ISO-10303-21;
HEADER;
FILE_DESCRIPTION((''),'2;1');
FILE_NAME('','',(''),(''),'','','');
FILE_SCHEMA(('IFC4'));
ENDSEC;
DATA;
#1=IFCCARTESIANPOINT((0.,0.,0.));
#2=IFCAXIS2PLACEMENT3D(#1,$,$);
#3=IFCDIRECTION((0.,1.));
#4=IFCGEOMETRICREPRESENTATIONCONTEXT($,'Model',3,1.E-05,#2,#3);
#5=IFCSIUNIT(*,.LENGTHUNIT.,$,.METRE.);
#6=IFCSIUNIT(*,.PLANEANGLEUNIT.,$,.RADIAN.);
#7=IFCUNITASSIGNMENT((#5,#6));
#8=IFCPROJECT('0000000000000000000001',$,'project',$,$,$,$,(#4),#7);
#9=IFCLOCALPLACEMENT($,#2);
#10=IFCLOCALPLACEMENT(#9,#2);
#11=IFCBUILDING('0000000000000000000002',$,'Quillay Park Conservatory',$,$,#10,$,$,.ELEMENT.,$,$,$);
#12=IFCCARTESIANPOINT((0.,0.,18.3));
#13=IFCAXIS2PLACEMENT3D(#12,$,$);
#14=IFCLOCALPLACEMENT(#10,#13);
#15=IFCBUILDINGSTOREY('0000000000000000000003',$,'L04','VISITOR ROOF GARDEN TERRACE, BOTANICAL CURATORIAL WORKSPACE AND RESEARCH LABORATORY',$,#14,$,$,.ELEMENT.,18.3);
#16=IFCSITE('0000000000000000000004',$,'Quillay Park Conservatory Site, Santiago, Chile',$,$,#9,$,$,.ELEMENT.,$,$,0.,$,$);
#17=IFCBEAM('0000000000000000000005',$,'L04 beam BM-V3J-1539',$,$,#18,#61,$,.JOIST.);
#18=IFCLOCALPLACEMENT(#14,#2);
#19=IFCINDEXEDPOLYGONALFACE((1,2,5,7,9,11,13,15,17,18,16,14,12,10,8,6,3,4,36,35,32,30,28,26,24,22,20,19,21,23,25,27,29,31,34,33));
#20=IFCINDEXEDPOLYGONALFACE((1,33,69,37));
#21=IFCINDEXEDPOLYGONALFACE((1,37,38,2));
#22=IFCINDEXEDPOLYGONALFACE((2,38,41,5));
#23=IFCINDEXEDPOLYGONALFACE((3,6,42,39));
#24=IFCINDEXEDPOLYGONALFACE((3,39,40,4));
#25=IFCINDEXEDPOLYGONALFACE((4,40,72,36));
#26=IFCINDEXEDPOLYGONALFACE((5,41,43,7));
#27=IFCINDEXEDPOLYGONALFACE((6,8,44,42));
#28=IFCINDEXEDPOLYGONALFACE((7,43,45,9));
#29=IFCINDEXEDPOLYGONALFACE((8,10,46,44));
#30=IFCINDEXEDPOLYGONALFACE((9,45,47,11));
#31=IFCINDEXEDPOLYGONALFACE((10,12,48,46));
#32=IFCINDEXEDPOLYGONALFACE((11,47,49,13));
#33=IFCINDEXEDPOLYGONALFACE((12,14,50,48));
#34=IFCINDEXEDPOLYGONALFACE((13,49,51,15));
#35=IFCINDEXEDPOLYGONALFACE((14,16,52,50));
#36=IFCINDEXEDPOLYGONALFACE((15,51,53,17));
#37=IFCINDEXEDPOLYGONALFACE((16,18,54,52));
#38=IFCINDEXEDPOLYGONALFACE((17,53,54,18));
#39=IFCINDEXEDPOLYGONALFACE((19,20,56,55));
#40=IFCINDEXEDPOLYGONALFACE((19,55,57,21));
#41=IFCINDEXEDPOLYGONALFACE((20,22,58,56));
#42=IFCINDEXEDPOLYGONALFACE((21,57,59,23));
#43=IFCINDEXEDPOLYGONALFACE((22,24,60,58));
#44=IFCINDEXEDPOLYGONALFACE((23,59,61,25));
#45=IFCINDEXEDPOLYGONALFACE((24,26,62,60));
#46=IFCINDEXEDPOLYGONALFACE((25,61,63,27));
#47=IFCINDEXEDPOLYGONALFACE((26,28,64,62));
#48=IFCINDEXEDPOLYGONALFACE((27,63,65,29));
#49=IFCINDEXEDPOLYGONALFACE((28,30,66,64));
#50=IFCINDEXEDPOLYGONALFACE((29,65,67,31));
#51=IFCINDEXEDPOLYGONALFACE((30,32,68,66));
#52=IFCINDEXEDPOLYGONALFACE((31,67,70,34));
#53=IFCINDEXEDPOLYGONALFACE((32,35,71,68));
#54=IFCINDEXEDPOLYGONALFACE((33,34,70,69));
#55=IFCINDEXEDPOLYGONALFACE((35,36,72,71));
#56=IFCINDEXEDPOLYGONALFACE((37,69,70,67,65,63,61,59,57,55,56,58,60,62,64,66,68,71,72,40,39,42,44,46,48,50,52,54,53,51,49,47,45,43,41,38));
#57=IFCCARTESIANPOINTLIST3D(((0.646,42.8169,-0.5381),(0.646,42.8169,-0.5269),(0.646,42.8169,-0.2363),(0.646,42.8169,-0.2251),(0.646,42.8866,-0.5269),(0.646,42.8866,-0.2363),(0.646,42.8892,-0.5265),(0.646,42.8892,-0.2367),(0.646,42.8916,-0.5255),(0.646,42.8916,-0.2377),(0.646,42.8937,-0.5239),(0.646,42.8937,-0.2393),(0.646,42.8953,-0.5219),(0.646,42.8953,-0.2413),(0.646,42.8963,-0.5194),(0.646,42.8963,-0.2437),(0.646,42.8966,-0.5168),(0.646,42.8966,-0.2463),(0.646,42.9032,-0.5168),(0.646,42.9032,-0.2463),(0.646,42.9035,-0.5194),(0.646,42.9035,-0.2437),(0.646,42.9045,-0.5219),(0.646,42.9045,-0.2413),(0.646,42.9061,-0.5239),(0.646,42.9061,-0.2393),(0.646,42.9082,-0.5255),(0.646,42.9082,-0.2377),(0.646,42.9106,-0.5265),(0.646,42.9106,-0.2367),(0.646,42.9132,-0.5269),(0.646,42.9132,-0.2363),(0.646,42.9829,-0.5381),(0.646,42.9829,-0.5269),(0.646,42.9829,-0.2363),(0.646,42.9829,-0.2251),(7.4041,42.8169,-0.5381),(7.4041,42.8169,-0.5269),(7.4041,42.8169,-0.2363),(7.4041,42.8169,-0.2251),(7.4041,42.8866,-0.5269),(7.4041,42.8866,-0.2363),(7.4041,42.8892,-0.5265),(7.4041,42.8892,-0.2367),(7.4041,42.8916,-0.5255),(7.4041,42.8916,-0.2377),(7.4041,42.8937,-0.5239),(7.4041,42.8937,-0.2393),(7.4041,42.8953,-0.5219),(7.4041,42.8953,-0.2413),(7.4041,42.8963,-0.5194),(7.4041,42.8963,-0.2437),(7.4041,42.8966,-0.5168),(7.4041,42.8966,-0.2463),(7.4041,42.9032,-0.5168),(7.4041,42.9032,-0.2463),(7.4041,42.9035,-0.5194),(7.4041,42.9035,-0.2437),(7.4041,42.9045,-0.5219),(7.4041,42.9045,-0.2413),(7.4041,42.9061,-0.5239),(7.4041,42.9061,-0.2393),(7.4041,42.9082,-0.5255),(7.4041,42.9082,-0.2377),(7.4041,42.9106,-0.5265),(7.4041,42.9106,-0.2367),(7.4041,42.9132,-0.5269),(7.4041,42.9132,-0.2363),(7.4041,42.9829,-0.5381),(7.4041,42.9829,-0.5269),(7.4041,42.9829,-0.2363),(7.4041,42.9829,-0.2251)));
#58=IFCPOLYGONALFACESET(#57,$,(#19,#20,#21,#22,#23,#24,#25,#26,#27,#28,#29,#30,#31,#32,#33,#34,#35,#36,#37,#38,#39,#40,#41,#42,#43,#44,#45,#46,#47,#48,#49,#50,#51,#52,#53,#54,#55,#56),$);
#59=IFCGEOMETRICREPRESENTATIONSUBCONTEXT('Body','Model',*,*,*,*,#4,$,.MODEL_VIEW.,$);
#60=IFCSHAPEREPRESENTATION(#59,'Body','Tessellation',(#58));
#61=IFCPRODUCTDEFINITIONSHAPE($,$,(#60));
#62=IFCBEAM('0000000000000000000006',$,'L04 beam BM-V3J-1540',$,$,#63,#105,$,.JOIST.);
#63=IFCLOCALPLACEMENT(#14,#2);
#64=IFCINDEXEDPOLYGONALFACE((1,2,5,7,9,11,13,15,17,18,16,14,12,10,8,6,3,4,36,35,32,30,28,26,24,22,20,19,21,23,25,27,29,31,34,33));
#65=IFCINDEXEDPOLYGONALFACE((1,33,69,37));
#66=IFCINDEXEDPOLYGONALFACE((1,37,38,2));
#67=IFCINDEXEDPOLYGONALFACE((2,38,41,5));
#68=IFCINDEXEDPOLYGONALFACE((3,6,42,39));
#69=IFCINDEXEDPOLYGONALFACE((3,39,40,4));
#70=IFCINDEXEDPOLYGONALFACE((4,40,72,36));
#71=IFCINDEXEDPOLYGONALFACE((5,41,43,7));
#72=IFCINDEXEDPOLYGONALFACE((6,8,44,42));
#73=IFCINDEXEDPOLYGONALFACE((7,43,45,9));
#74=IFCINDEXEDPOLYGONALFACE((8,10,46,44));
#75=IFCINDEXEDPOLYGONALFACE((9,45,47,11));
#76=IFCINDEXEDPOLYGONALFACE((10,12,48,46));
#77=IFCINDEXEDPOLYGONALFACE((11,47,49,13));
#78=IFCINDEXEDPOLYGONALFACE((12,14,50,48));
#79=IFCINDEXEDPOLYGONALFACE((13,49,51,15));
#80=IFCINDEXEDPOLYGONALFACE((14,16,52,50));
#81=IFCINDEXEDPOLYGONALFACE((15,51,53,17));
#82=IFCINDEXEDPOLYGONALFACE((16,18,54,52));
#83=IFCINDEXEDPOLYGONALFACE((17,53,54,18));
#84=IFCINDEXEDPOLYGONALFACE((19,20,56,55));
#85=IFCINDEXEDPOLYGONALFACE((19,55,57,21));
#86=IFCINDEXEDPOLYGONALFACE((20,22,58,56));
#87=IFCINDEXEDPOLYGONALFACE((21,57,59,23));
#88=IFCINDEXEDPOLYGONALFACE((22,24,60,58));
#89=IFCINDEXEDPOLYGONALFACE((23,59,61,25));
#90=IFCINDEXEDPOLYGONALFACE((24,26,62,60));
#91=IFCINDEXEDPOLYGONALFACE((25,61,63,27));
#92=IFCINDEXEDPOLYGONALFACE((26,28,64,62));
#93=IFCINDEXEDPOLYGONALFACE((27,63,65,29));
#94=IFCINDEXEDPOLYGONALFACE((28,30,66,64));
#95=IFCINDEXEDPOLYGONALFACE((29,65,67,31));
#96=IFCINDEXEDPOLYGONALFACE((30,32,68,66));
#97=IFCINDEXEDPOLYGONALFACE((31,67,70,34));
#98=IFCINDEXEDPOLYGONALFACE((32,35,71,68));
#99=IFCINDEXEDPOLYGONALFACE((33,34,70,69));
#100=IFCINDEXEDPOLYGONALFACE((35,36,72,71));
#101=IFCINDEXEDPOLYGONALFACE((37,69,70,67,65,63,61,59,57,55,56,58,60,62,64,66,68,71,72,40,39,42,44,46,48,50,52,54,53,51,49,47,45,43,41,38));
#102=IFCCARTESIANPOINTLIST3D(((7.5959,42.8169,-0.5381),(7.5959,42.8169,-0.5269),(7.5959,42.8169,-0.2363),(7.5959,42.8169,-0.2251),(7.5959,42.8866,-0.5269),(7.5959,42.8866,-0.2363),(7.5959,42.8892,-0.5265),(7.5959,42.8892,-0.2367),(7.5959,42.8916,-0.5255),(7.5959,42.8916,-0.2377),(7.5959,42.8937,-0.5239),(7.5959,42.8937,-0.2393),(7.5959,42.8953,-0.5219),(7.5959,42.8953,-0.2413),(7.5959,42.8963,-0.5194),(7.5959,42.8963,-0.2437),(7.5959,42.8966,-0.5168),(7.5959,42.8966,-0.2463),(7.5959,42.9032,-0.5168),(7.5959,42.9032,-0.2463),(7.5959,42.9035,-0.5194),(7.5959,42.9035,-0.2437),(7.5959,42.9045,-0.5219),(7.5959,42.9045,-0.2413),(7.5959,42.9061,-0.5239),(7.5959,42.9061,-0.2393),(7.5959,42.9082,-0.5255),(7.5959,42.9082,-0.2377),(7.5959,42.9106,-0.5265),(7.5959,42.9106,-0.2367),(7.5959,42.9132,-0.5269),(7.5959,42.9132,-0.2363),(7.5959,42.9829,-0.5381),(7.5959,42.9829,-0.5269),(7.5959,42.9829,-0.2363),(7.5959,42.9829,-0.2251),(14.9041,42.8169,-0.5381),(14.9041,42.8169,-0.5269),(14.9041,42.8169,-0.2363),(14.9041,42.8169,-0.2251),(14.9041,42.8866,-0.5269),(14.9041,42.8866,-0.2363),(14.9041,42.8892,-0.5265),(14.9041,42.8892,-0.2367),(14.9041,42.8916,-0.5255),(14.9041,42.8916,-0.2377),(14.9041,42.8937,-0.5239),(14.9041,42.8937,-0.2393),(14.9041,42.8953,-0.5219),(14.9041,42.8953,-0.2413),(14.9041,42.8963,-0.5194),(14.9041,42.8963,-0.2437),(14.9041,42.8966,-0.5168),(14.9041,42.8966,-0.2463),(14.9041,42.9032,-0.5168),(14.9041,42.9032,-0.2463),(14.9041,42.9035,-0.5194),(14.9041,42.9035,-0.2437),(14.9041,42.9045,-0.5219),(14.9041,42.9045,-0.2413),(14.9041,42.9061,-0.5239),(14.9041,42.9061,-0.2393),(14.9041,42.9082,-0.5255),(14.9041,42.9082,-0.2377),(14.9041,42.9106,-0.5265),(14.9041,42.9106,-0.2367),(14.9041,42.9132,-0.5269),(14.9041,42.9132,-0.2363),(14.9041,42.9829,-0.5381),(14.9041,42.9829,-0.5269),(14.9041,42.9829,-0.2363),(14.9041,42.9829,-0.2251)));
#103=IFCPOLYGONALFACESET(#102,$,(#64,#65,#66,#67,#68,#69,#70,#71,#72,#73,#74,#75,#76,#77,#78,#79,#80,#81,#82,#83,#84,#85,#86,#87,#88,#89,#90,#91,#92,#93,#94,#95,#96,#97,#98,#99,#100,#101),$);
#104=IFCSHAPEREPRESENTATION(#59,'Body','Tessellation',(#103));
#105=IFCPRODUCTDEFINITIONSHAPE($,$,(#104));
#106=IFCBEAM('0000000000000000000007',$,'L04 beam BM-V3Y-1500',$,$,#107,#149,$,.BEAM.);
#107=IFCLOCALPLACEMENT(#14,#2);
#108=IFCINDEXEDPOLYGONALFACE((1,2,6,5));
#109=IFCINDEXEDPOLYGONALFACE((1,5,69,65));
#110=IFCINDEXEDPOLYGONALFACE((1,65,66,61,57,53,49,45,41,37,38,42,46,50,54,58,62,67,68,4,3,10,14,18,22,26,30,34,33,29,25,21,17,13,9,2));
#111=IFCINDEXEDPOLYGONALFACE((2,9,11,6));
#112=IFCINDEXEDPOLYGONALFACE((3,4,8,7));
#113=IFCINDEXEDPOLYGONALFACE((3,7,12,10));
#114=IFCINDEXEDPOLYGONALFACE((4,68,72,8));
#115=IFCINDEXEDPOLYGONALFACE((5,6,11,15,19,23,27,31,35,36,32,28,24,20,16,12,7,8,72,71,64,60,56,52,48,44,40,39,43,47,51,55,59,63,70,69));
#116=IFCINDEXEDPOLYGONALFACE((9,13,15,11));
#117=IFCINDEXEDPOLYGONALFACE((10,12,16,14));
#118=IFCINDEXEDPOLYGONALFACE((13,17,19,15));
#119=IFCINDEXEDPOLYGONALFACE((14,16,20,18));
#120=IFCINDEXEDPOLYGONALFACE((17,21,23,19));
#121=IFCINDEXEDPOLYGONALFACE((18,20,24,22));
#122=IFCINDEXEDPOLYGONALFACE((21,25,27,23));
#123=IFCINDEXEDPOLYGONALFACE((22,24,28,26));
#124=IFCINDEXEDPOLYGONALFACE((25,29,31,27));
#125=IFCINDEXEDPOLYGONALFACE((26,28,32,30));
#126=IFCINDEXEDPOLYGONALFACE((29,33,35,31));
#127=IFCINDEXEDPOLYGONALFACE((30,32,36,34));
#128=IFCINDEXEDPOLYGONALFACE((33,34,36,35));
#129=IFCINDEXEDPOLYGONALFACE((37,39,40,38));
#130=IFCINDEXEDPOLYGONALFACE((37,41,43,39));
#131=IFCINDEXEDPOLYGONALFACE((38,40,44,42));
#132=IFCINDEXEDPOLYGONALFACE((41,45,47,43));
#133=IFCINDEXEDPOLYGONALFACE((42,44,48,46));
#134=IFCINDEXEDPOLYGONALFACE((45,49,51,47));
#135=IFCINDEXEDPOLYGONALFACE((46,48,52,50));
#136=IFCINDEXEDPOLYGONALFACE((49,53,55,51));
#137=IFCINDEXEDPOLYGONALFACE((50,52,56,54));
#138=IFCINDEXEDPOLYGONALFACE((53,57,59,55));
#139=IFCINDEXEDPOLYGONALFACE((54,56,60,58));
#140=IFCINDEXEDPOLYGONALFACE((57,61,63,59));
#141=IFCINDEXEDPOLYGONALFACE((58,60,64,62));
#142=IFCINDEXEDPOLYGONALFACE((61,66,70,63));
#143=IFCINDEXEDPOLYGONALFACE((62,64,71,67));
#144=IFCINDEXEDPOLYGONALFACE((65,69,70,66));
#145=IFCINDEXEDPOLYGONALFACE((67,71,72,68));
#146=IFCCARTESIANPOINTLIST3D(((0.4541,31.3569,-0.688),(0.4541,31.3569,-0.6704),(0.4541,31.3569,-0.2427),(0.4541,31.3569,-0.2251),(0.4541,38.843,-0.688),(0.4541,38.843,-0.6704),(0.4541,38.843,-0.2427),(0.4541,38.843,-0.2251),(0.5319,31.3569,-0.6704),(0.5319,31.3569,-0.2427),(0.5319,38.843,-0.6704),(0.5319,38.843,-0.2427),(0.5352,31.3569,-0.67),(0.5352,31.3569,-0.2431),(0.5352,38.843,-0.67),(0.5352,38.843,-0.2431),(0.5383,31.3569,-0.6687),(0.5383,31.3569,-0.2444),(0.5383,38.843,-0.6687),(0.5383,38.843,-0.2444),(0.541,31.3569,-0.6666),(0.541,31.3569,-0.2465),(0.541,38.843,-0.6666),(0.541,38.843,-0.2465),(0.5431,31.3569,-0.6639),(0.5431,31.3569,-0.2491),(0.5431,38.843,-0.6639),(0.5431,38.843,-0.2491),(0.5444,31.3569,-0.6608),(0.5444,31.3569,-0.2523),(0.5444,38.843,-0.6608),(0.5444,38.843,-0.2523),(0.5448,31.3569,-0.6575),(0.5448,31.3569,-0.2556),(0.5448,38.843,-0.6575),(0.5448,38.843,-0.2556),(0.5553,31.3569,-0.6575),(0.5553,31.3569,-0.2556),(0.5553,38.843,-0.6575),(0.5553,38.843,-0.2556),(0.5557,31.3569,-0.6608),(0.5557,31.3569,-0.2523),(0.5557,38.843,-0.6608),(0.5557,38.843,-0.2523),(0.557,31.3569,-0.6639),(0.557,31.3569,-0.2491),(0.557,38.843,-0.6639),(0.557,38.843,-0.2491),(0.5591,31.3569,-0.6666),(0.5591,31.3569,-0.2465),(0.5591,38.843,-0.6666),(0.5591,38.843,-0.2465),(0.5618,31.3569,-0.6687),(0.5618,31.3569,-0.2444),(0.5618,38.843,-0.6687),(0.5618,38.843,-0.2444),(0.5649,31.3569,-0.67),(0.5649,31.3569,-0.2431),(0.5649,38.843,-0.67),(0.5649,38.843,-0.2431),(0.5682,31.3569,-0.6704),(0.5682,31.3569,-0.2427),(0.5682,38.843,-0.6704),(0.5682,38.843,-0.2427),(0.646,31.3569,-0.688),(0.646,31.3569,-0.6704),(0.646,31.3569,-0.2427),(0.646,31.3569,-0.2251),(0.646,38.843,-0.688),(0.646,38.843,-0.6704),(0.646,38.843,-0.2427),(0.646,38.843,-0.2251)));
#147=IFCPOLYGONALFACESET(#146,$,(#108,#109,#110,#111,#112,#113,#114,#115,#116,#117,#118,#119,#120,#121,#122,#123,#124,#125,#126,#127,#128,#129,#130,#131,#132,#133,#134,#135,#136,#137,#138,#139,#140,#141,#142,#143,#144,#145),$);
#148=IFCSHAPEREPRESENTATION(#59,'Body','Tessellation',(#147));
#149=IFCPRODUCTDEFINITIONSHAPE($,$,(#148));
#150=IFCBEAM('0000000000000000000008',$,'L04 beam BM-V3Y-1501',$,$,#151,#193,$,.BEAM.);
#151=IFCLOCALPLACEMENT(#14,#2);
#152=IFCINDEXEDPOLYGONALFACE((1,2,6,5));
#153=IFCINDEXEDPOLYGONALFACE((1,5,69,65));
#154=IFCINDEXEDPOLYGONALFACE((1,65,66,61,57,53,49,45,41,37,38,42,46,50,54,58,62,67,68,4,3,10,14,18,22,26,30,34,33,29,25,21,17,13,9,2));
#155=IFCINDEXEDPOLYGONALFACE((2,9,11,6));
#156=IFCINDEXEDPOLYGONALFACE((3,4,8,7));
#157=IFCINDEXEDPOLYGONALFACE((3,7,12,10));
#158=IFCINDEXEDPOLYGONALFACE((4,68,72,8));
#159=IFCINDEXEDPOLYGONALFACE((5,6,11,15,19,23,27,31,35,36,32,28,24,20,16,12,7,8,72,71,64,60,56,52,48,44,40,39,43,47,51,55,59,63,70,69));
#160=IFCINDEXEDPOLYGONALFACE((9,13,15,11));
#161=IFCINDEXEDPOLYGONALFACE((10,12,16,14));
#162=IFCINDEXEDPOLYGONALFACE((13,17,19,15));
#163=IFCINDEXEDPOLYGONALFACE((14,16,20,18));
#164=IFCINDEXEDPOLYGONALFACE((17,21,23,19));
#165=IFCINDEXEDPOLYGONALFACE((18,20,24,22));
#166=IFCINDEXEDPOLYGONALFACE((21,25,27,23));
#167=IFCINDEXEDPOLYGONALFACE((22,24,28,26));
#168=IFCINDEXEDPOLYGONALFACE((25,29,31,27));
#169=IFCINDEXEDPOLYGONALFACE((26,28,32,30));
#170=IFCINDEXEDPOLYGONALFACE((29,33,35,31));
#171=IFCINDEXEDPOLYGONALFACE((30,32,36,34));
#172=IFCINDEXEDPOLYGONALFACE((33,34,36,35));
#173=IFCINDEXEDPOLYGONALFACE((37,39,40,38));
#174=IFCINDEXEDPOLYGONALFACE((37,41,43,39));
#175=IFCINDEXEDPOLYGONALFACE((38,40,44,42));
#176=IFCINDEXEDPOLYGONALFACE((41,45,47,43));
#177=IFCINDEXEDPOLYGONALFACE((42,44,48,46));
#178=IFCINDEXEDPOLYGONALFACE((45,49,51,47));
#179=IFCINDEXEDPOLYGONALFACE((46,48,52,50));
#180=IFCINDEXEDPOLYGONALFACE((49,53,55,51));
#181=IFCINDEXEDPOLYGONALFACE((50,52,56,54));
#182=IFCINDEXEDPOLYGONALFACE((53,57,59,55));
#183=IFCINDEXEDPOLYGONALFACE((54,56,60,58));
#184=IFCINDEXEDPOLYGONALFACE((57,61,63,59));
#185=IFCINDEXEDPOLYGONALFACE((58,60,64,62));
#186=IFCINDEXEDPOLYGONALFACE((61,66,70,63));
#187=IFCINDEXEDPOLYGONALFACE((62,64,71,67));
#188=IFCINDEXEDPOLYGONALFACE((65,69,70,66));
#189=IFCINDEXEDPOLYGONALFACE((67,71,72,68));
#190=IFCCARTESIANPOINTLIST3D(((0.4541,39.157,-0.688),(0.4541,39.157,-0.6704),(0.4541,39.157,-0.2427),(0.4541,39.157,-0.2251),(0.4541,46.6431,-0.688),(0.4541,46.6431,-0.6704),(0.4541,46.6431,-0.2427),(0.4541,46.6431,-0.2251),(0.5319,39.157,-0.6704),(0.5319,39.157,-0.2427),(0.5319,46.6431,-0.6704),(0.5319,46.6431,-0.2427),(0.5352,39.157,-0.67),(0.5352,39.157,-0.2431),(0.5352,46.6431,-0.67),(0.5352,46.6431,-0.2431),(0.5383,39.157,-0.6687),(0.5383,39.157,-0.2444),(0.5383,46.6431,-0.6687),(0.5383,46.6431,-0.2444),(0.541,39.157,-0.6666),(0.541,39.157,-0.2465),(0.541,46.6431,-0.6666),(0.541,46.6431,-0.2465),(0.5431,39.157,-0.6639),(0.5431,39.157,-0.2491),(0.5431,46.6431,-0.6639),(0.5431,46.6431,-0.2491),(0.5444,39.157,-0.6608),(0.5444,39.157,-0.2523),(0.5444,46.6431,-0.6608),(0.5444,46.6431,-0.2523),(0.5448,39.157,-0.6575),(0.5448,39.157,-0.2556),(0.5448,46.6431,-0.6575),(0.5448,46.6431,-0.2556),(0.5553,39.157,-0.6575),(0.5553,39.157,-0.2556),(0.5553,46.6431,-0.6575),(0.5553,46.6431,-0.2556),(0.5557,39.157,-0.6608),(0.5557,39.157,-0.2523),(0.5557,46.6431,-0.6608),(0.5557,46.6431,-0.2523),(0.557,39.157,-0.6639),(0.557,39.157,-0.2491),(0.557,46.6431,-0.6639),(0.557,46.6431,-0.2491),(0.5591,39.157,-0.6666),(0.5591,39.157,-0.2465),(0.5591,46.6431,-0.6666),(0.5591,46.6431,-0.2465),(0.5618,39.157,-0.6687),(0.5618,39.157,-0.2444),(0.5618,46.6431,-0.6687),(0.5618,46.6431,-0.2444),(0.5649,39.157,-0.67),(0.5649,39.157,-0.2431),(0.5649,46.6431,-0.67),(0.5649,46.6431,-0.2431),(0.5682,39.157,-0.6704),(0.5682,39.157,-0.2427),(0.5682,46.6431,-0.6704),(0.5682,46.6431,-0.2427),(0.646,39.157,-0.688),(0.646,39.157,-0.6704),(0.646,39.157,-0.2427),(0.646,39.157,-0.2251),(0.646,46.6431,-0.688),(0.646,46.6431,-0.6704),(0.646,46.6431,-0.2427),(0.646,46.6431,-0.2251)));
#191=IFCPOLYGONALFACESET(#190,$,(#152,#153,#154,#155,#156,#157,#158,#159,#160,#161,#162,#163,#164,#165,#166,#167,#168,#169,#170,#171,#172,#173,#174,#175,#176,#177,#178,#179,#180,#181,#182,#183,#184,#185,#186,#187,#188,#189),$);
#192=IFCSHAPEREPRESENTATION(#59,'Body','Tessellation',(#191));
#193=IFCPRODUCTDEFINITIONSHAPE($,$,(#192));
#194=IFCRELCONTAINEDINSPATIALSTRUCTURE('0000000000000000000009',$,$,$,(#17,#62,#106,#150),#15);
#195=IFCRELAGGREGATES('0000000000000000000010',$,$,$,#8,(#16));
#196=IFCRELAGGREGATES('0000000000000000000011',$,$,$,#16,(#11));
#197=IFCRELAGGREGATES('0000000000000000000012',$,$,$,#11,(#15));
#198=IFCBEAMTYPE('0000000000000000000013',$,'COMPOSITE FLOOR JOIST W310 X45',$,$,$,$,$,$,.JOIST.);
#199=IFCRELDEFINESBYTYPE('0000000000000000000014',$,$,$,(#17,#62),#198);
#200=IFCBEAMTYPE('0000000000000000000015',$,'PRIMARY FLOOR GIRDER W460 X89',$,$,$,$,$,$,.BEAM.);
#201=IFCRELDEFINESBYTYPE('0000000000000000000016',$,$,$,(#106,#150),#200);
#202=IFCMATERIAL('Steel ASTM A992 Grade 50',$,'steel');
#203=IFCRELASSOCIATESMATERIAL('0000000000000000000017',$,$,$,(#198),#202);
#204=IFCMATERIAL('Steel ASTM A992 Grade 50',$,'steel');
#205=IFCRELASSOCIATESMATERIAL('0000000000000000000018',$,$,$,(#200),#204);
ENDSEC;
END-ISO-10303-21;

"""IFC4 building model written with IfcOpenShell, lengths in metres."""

from ifc_helpers import new_model, si_unit, direction, frame, origin, origin_2d, place, context, subcontext, project, spatial, i_section, extrude, material, material_profile, profile_set, type_object, element, save


model = new_model("IFC4")

# Units and contexts
model_context = context("Model", 3, precision=1e-05, world=origin(), true_north=direction((0.0, 1.0)))
body_context = subcontext(model_context, "Body", "Model", "MODEL_VIEW")
ifc_project = project(units=[si_unit("LENGTHUNIT", "METRE"), si_unit("PLANEANGLEUNIT", "RADIAN")], contexts=[model_context])

# Site, building, storey
site_placement = place(None, origin())
site = spatial("IfcSite", under=ifc_project, at=site_placement, Name="Quillay Park Conservatory Site, Santiago, Chile", CompositionType="ELEMENT", RefElevation=0.0)
building_placement = place(site_placement, origin())
building = spatial("IfcBuilding", under=site, at=building_placement, Name="Quillay Park Conservatory", CompositionType="ELEMENT")
storey_placement = place(building_placement, frame((0.0, 0.0, 18.3)))
storey = spatial("IfcBuildingStorey", under=building, at=storey_placement, Name="L04", Description="VISITOR ROOF GARDEN TERRACE, BOTANICAL CURATORIAL WORKSPACE AND RESEARCH LABORATORY", CompositionType="ELEMENT", Elevation=18.3)

# Beams
ifc_material_1 = material(Name="Steel ASTM A992 Grade 50", Category="steel")
ifc_material_profile_1 = material_profile(ifc_material_1, i_section(OverallWidth=0.166, OverallDepth=0.313, WebThickness=0.0066, FlangeThickness=0.0112, FilletRadius=0.01, at=origin_2d()), Name="W310x45")
ifc_profile_set_1 = profile_set([ifc_material_profile_1], Name="Steel ASTM A992 Grade 50")
beam_type_1 = type_object("IfcBeamType", Name="COMPOSITE FLOOR JOIST W310 X45", PredefinedType="JOIST", material=ifc_profile_set_1)
beam_1_placement = place(storey_placement, frame((0.646, 42.8999, -0.3816), z_axis=(1.0, 0.0, 0.0), x_axis=(0.0, 1.0, 0.0)))
element("IfcBeam", 1, at=beam_1_placement, inside=storey, type_object=beam_type_1, Name="L04 beam BM-V3J-1539", PredefinedType="JOIST", context=body_context, shape_type="SweptSolid", body=[
    extrude(i_section(OverallWidth=0.166, OverallDepth=0.313, WebThickness=0.0066, FlangeThickness=0.0112, FilletRadius=0.01, at=origin_2d()), origin(), (0.0, 0.0, 1.0), 6.7581),
])
beam_2_placement = place(storey_placement, frame((7.5959, 42.8999, -0.3816), z_axis=(1.0, 0.0, 0.0), x_axis=(0.0, 1.0, 0.0)))
element("IfcBeam", 2, at=beam_2_placement, inside=storey, type_object=beam_type_1, Name="L04 beam BM-V3J-1540", PredefinedType="JOIST", context=body_context, shape_type="SweptSolid", body=[
    extrude(i_section(OverallWidth=0.166, OverallDepth=0.313, WebThickness=0.0066, FlangeThickness=0.0112, FilletRadius=0.01, at=origin_2d()), origin(), (0.0, 0.0, 1.0), 7.3081),
])
ifc_material_2 = material(Name="Steel ASTM A992 Grade 50", Category="steel")
ifc_material_profile_2 = material_profile(ifc_material_2, i_section(OverallWidth=0.1919, OverallDepth=0.4629, WebThickness=0.0105, FlangeThickness=0.0176, FilletRadius=0.0129, at=origin_2d()), Name="W460x89")
ifc_profile_set_2 = profile_set([ifc_material_profile_2], Name="Steel ASTM A992 Grade 50")
beam_type_2 = type_object("IfcBeamType", Name="PRIMARY FLOOR GIRDER W460 X89", PredefinedType="BEAM", material=ifc_profile_set_2)
for number, where, z_axis, x_axis, name in (
    (3, (0.55, 31.3569, -0.4565), (0.0, 1.0, 0.0), (-1.0, 0.0, 0.0), "L04 beam BM-V3Y-1500"),
    (4, (0.55, 39.157, -0.4565), (0.0, 1.0, 0.0), (-1.0, 0.0, 0.0), "L04 beam BM-V3Y-1501"),
):
    element("IfcBeam", number, at=place(storey_placement, frame(where, z_axis=z_axis, x_axis=x_axis)), inside=storey, type_object=beam_type_2, Name=name, PredefinedType="BEAM", context=body_context, shape_type="SweptSolid", body=[
        extrude(i_section(OverallWidth=0.1919, OverallDepth=0.4629, WebThickness=0.0105, FlangeThickness=0.0176, FilletRadius=0.0129, at=origin_2d()), origin(), (0.0, 0.0, 1.0), 7.4861),
    ])

save(model, "model.ifc")
